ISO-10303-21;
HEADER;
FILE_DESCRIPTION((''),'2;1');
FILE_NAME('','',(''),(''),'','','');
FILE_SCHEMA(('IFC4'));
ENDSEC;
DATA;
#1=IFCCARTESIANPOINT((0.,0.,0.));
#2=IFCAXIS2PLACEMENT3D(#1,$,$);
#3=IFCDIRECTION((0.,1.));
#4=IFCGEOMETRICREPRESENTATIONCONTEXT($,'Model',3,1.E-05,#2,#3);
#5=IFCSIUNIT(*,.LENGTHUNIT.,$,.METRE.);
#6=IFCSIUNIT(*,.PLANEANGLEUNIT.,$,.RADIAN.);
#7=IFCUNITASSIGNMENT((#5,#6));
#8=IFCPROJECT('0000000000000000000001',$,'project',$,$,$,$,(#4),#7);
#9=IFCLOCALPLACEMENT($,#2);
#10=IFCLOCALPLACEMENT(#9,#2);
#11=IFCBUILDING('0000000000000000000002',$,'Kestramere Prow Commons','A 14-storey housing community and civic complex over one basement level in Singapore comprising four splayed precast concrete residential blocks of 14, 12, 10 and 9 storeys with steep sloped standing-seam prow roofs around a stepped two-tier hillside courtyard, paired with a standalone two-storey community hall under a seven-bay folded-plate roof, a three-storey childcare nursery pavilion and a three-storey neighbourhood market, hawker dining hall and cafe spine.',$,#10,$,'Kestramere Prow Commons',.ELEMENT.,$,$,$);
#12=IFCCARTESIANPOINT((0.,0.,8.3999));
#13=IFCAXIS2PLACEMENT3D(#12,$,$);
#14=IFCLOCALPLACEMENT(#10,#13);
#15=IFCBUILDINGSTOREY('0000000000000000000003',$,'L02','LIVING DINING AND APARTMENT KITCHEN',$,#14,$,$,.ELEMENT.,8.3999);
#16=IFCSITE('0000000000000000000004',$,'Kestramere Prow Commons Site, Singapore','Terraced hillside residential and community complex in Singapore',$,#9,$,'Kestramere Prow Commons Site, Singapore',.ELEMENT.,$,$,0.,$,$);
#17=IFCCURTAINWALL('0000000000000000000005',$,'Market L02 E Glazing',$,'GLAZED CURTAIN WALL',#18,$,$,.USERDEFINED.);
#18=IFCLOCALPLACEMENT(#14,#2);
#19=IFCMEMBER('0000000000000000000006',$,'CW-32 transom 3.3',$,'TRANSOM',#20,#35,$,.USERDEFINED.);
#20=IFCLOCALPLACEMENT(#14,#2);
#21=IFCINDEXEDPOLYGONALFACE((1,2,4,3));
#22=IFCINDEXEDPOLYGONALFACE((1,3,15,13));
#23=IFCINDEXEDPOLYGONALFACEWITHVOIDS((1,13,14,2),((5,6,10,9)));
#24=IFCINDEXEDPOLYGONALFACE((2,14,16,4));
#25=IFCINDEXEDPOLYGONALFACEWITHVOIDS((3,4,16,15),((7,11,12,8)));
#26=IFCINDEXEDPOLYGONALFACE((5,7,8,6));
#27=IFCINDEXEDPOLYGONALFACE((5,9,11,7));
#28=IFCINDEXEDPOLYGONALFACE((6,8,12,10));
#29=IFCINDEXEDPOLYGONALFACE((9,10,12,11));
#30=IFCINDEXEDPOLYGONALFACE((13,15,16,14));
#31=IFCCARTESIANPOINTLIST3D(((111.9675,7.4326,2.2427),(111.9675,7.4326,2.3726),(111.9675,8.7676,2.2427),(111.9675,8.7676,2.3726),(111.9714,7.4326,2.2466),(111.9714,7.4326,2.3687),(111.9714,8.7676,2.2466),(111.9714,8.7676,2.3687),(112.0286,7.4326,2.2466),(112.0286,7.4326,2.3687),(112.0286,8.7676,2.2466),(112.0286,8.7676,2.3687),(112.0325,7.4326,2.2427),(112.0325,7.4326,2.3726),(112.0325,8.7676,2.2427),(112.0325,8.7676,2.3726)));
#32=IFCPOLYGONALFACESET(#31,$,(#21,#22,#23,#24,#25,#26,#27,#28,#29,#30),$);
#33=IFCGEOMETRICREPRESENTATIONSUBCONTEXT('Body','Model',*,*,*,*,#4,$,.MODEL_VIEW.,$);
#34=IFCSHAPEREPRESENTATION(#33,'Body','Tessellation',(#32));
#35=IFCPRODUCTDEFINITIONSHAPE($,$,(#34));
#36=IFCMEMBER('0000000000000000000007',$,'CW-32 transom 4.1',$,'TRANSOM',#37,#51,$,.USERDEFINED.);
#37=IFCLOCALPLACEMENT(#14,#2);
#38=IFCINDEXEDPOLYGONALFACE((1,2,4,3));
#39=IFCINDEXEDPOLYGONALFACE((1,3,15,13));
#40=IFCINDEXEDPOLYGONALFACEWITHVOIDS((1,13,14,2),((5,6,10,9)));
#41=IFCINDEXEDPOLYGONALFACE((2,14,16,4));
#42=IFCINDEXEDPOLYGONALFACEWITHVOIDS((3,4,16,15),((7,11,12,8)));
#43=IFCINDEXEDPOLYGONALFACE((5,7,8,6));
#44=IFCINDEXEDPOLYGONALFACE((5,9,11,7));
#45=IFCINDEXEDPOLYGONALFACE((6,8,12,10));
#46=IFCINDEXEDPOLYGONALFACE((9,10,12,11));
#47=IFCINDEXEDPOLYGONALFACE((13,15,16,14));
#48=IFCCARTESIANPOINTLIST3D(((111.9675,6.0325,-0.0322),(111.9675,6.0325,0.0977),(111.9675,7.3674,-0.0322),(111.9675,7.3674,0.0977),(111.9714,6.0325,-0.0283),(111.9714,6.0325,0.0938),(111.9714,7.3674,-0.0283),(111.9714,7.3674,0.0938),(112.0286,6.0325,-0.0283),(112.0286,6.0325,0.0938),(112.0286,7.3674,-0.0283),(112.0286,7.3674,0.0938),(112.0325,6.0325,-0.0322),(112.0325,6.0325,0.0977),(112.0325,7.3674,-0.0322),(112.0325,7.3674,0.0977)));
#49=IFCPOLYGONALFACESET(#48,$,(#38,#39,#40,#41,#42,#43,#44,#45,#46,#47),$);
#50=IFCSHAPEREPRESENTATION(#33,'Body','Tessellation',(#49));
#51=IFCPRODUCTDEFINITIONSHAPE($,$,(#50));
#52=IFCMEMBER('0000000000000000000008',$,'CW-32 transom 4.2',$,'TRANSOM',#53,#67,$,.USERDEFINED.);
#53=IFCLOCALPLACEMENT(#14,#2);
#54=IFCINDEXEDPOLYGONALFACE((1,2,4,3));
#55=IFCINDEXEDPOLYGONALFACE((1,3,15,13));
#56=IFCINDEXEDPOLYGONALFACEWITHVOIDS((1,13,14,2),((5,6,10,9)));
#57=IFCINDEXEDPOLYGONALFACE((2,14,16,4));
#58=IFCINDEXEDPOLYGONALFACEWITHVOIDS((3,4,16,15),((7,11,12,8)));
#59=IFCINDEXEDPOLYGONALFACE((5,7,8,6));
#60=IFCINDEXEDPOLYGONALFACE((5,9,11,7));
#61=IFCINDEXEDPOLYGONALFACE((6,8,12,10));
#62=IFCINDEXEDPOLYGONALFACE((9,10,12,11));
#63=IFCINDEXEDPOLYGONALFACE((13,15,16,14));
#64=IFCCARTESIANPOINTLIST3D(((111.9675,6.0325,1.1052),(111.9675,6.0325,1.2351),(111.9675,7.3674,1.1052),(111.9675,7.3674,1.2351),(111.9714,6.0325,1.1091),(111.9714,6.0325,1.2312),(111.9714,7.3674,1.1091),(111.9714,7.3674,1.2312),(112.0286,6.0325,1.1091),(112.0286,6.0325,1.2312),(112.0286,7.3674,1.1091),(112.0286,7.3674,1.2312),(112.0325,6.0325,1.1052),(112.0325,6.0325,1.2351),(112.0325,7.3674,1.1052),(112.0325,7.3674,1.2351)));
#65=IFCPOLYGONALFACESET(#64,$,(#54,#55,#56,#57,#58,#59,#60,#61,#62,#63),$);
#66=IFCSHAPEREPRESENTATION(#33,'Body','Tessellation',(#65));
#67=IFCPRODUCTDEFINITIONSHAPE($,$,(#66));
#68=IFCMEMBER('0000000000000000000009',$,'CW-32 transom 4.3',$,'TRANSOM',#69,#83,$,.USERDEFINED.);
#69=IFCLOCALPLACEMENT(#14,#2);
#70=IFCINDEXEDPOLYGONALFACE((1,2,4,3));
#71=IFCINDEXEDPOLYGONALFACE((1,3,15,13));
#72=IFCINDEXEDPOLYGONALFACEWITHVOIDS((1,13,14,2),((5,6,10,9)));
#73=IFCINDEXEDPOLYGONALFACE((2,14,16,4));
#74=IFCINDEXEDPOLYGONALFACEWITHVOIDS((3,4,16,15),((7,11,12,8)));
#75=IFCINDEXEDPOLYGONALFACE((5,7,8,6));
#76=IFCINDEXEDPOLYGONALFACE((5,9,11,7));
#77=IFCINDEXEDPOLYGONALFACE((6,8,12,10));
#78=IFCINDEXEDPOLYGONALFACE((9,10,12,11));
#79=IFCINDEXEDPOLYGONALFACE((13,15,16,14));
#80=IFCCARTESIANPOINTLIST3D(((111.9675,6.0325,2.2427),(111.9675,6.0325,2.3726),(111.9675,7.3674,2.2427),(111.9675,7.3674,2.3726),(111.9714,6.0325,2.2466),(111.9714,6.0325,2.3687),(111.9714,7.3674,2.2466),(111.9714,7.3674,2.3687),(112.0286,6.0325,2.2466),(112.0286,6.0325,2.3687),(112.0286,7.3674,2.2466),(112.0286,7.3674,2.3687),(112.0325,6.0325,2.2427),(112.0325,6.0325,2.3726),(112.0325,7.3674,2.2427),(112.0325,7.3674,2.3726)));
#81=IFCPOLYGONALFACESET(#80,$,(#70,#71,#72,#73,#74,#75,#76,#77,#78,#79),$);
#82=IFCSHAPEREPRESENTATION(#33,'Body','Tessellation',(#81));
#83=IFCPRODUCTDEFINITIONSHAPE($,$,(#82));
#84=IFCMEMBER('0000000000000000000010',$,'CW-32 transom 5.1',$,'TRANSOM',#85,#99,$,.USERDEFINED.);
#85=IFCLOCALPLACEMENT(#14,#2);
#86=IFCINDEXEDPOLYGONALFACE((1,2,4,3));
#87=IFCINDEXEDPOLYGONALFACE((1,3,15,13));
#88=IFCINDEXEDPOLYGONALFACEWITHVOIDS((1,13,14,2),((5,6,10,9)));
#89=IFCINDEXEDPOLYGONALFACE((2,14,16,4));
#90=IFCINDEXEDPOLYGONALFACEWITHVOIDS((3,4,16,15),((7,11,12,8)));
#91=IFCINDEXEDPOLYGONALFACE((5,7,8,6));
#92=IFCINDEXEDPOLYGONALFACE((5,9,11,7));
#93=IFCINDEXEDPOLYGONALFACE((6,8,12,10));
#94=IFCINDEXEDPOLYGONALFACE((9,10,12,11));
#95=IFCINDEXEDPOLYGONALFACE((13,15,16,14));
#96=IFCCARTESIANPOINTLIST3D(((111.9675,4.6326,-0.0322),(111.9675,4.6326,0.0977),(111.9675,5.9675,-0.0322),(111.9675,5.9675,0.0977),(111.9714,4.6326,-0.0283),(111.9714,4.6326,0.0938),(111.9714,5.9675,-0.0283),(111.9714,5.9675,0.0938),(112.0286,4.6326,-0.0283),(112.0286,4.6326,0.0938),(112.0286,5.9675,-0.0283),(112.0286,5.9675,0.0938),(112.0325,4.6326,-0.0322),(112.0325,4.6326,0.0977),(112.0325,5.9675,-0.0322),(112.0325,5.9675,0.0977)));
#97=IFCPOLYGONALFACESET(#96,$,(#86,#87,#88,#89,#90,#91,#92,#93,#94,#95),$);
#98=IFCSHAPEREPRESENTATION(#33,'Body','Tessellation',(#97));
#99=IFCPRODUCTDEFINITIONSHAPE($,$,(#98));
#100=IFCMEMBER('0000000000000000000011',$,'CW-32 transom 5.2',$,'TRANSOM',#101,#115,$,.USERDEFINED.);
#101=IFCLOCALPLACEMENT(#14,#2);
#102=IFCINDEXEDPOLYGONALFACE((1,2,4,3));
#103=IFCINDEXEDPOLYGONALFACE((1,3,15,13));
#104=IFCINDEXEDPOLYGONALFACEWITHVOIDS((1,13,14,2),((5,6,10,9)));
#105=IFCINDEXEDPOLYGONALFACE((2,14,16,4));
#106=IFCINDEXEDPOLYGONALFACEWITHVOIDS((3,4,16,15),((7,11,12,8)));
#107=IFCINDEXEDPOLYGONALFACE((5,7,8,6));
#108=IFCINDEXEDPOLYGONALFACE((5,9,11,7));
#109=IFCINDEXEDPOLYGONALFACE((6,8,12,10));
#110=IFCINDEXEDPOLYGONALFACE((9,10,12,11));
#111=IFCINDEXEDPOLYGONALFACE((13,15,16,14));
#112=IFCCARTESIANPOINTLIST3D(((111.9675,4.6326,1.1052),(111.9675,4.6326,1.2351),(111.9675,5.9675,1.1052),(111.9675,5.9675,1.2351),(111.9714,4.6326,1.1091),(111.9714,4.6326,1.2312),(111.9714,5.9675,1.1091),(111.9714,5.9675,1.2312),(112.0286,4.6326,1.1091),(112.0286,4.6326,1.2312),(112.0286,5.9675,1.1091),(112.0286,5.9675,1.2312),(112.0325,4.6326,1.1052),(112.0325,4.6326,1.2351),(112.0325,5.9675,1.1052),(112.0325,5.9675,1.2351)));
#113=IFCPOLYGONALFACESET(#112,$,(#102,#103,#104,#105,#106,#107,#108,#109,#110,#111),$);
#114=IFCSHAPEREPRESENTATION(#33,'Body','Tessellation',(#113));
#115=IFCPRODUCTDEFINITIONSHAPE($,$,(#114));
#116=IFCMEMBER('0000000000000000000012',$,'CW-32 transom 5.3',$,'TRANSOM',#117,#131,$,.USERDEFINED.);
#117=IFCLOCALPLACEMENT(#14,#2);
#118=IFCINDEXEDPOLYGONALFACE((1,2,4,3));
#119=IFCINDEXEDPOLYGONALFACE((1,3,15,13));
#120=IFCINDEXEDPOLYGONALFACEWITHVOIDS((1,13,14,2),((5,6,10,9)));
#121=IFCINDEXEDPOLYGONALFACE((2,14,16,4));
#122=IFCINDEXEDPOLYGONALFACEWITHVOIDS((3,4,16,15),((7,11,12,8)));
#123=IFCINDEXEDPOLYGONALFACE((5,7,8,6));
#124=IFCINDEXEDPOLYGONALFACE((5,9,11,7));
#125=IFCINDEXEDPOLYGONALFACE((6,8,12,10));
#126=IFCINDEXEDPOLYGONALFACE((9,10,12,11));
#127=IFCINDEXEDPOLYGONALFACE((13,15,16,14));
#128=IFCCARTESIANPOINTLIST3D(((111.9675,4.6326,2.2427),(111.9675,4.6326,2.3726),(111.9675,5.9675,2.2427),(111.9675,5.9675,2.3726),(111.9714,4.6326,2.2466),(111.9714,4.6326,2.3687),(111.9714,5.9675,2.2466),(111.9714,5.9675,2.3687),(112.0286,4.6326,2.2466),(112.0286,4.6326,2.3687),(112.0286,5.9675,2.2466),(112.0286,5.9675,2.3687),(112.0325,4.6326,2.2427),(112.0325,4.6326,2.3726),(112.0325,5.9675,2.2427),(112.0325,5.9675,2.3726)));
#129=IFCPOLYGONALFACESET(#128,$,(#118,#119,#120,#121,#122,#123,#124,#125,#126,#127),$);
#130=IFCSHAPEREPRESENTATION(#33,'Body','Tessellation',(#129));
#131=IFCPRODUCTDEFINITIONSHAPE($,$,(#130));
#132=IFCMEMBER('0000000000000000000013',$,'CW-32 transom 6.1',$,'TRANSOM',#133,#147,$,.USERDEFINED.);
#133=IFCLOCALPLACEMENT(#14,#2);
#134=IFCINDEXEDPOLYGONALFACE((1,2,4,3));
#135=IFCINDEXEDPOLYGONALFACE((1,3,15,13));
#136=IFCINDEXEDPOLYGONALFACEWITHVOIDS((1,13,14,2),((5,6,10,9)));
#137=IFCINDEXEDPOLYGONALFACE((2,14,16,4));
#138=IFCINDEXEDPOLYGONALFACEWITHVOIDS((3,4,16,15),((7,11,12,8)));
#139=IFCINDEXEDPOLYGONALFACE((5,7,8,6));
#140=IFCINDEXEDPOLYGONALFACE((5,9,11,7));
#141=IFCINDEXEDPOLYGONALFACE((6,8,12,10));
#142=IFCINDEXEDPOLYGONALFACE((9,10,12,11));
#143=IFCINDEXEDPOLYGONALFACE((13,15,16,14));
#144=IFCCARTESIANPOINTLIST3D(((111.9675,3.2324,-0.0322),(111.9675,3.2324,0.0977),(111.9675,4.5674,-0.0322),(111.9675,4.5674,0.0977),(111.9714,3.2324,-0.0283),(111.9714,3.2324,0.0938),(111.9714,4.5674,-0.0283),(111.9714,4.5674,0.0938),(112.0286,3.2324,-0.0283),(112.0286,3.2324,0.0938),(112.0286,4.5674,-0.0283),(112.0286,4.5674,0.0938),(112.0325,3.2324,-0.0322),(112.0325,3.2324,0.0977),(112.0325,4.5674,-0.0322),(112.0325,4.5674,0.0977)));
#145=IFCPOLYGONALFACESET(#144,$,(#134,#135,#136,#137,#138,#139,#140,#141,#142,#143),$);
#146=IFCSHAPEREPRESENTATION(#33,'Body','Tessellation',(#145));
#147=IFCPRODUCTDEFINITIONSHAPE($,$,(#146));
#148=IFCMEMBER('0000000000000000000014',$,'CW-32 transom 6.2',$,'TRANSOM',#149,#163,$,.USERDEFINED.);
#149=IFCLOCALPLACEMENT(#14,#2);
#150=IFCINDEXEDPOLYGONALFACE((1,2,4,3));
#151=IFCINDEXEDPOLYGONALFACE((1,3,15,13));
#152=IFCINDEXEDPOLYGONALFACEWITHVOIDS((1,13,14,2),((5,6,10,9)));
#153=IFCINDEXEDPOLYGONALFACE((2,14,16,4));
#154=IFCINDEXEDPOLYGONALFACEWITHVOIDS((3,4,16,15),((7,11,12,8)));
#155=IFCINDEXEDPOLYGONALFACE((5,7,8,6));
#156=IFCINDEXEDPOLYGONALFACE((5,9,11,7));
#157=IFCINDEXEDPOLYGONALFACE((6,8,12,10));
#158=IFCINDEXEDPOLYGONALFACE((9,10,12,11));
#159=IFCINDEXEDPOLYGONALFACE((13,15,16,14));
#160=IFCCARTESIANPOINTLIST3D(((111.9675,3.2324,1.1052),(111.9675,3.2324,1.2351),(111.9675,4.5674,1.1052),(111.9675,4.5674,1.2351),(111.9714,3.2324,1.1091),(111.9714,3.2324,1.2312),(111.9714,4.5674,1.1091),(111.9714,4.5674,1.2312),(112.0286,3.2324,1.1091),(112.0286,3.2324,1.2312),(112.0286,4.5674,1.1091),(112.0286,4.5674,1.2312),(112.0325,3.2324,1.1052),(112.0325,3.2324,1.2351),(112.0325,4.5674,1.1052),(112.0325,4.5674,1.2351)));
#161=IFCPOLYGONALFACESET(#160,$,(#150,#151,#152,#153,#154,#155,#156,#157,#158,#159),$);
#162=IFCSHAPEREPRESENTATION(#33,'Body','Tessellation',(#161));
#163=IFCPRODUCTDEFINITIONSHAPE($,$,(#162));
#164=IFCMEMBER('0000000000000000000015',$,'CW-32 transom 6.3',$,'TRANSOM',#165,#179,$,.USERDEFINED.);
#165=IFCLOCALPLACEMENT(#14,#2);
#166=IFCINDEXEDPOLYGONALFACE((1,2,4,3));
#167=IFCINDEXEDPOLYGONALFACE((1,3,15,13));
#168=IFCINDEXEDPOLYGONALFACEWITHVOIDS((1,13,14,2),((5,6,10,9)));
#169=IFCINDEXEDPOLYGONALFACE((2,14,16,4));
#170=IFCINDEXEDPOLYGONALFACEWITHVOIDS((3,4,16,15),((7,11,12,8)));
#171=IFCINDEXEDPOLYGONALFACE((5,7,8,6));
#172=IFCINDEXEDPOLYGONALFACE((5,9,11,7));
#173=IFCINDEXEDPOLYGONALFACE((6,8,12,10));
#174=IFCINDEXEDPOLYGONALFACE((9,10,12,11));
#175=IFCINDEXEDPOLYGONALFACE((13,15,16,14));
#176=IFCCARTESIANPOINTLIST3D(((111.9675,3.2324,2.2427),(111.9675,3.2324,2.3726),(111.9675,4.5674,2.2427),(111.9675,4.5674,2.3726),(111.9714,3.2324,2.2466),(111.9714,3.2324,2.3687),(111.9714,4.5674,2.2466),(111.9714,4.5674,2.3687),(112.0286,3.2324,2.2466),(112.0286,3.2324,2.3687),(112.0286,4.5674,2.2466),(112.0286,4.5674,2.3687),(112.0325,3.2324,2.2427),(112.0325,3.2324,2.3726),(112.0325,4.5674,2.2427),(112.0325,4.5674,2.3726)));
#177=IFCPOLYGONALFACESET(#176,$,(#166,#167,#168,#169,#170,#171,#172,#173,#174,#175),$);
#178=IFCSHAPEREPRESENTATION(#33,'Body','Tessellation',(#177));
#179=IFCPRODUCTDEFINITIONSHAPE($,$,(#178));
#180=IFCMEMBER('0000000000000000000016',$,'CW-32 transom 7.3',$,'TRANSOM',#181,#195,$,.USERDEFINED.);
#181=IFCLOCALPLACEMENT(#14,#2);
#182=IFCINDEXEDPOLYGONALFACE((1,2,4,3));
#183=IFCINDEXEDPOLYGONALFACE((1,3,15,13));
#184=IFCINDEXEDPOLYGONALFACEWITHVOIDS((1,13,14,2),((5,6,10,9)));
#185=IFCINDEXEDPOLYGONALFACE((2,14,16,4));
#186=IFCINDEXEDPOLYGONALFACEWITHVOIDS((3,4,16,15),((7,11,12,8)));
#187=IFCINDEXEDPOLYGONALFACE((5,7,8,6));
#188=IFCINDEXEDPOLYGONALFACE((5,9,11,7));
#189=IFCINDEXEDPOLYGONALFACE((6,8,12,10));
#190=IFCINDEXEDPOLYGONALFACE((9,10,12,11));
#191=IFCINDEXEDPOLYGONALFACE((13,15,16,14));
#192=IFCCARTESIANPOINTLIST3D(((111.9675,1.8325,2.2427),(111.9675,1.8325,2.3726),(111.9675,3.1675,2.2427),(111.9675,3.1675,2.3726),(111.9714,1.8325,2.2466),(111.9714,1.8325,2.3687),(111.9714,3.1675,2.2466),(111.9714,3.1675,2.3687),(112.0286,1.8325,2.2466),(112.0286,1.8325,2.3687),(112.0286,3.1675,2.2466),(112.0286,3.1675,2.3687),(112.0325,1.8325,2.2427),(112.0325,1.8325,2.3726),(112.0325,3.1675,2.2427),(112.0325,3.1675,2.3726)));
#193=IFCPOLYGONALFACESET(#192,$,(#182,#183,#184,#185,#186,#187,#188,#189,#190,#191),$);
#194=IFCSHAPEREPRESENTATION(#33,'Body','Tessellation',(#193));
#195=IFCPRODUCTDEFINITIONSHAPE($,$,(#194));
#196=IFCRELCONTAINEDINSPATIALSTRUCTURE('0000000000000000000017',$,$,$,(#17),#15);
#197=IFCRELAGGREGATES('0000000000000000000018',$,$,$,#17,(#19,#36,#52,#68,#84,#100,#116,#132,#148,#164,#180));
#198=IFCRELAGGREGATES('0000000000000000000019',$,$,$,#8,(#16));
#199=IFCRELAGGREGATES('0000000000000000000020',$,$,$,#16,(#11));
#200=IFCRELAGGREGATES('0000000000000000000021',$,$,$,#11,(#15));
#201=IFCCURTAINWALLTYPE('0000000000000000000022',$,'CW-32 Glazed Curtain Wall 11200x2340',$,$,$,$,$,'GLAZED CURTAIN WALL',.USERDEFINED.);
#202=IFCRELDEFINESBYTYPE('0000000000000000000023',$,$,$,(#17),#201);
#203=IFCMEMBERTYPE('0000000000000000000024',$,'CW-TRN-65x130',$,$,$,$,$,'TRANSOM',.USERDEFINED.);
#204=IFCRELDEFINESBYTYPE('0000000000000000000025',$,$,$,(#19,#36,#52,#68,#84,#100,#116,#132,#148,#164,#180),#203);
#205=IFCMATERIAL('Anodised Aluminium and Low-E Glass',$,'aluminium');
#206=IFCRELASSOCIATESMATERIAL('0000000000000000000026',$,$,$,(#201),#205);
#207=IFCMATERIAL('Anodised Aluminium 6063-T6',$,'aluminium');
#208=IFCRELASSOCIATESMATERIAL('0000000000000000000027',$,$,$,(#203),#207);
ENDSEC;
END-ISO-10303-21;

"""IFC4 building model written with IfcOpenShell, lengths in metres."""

from ifc_helpers import new_model, si_unit, direction, frame, origin, origin_2d, place, context, subcontext, project, spatial, hollow_rectangle, extrude, material, material_profile, profile_set, type_object, element, aggregate, save


model = new_model("IFC4")

# Units and contexts
model_context = context("Model", 3, precision=1e-05, world=origin(), true_north=direction((0.0, 1.0)))
body_context = subcontext(model_context, "Body", "Model", "MODEL_VIEW")
ifc_project = project(units=[si_unit("LENGTHUNIT", "METRE"), si_unit("PLANEANGLEUNIT", "RADIAN")], contexts=[model_context])

# Site, building, storey
site_placement = place(None, origin())
site = spatial("IfcSite", under=ifc_project, at=site_placement, Name="Kestramere Prow Commons Site, Singapore", Description="Terraced hillside residential and community complex in Singapore", LongName="Kestramere Prow Commons Site, Singapore", CompositionType="ELEMENT", RefElevation=0.0)
building_placement = place(site_placement, origin())
building = spatial("IfcBuilding", under=site, at=building_placement, Name="Kestramere Prow Commons", Description="A 14-storey housing community and civic complex over one basement level in Singapore comprising four splayed precast concrete residential blocks of 14, 12, 10 and 9 storeys with steep sloped standing-seam prow roofs around a stepped two-tier hillside courtyard, paired with a standalone two-storey community hall under a seven-bay folded-plate roof, a three-storey childcare nursery pavilion and a three-storey neighbourhood market, hawker dining hall and cafe spine.", LongName="Kestramere Prow Commons", CompositionType="ELEMENT")
storey_placement = place(building_placement, frame((0.0, 0.0, 8.3999)))
storey = spatial("IfcBuildingStorey", under=building, at=storey_placement, Name="L02", Description="LIVING DINING AND APARTMENT KITCHEN", CompositionType="ELEMENT", Elevation=8.3999)

# Curtain wall, members
ifc_material_1 = material(Name="Anodised Aluminium and Low-E Glass", Category="aluminium")
curtain_wall_type = type_object("IfcCurtainWallType", Name="CW-32 Glazed Curtain Wall 11200x2340", ElementType="GLAZED CURTAIN WALL", PredefinedType="USERDEFINED", material=ifc_material_1)
curtain_wall_placement = place(storey_placement, origin())
curtain_wall = element("IfcCurtainWall", 1, at=curtain_wall_placement, inside=storey, type_object=curtain_wall_type, Name="Market L02 E Glazing", ObjectType="GLAZED CURTAIN WALL", PredefinedType="USERDEFINED")
ifc_material_2 = material(Name="Anodised Aluminium 6063-T6", Category="aluminium")
ifc_material_profile_1 = material_profile(ifc_material_2, hollow_rectangle(XDim=0.0649, YDim=0.1299, WallThickness=0.0039, at=origin_2d()), Name="ALU-TRN 65x130")
ifc_profile_set_1 = profile_set([ifc_material_profile_1], Name="Anodised Aluminium 6063-T6")
member_type_1 = type_object("IfcMemberType", Name="CW-TRN-65x130", ElementType="TRANSOM", PredefinedType="USERDEFINED", material=ifc_profile_set_1)
member_1_placement = place(storey_placement, frame((112.0, 8.7676, 2.3076), z_axis=(0.0, -1.0, 0.0), x_axis=(1.0, 0.0, 0.0)))
member_1 = element("IfcMember", 2, at=member_1_placement, type_object=member_type_1, Name="CW-32 transom 3.3", ObjectType="TRANSOM", PredefinedType="USERDEFINED", context=body_context, shape_type="SweptSolid", body=[
    extrude(hollow_rectangle(XDim=0.0649, YDim=0.1299, WallThickness=0.0039, at=origin_2d()), origin(), (0.0, 0.0, 1.0), 1.335),
])
member_2_placement = place(storey_placement, frame((112.0, 7.3674, 0.0327), z_axis=(0.0, -1.0, 0.0), x_axis=(1.0, 0.0, 0.0)))
member_2 = element("IfcMember", 3, at=member_2_placement, type_object=member_type_1, Name="CW-32 transom 4.1", ObjectType="TRANSOM", PredefinedType="USERDEFINED", context=body_context, shape_type="SweptSolid", body=[
    extrude(hollow_rectangle(XDim=0.0649, YDim=0.1299, WallThickness=0.0039, at=origin_2d()), origin(), (0.0, 0.0, 1.0), 1.335),
])
member_3_placement = place(storey_placement, frame((112.0, 7.3674, 1.1702), z_axis=(0.0, -1.0, 0.0), x_axis=(1.0, 0.0, 0.0)))
member_3 = element("IfcMember", 4, at=member_3_placement, type_object=member_type_1, Name="CW-32 transom 4.2", ObjectType="TRANSOM", PredefinedType="USERDEFINED", context=body_context, shape_type="SweptSolid", body=[
    extrude(hollow_rectangle(XDim=0.0649, YDim=0.1299, WallThickness=0.0039, at=origin_2d()), origin(), (0.0, 0.0, 1.0), 1.335),
])
member_4_placement = place(storey_placement, frame((112.0, 7.3674, 2.3076), z_axis=(0.0, -1.0, 0.0), x_axis=(1.0, 0.0, 0.0)))
member_4 = element("IfcMember", 5, at=member_4_placement, type_object=member_type_1, Name="CW-32 transom 4.3", ObjectType="TRANSOM", PredefinedType="USERDEFINED", context=body_context, shape_type="SweptSolid", body=[
    extrude(hollow_rectangle(XDim=0.0649, YDim=0.1299, WallThickness=0.0039, at=origin_2d()), origin(), (0.0, 0.0, 1.0), 1.335),
])
member_5_placement = place(storey_placement, frame((112.0, 5.9675, 0.0327), z_axis=(0.0, -1.0, 0.0), x_axis=(1.0, 0.0, 0.0)))
member_5 = element("IfcMember", 6, at=member_5_placement, type_object=member_type_1, Name="CW-32 transom 5.1", ObjectType="TRANSOM", PredefinedType="USERDEFINED", context=body_context, shape_type="SweptSolid", body=[
    extrude(hollow_rectangle(XDim=0.0649, YDim=0.1299, WallThickness=0.0039, at=origin_2d()), origin(), (0.0, 0.0, 1.0), 1.335),
])
member_6_placement = place(storey_placement, frame((112.0, 5.9675, 1.1702), z_axis=(0.0, -1.0, 0.0), x_axis=(1.0, 0.0, 0.0)))
member_6 = element("IfcMember", 7, at=member_6_placement, type_object=member_type_1, Name="CW-32 transom 5.2", ObjectType="TRANSOM", PredefinedType="USERDEFINED", context=body_context, shape_type="SweptSolid", body=[
    extrude(hollow_rectangle(XDim=0.0649, YDim=0.1299, WallThickness=0.0039, at=origin_2d()), origin(), (0.0, 0.0, 1.0), 1.335),
])
member_7_placement = place(storey_placement, frame((112.0, 5.9675, 2.3076), z_axis=(0.0, -1.0, 0.0), x_axis=(1.0, 0.0, 0.0)))
member_7 = element("IfcMember", 8, at=member_7_placement, type_object=member_type_1, Name="CW-32 transom 5.3", ObjectType="TRANSOM", PredefinedType="USERDEFINED", context=body_context, shape_type="SweptSolid", body=[
    extrude(hollow_rectangle(XDim=0.0649, YDim=0.1299, WallThickness=0.0039, at=origin_2d()), origin(), (0.0, 0.0, 1.0), 1.335),
])
member_8_placement = place(storey_placement, frame((112.0, 4.5674, 0.0327), z_axis=(0.0, -1.0, 0.0), x_axis=(1.0, 0.0, 0.0)))
member_8 = element("IfcMember", 9, at=member_8_placement, type_object=member_type_1, Name="CW-32 transom 6.1", ObjectType="TRANSOM", PredefinedType="USERDEFINED", context=body_context, shape_type="SweptSolid", body=[
    extrude(hollow_rectangle(XDim=0.0649, YDim=0.1299, WallThickness=0.0039, at=origin_2d()), origin(), (0.0, 0.0, 1.0), 1.335),
])
member_9_placement = place(storey_placement, frame((112.0, 4.5674, 1.1702), z_axis=(0.0, -1.0, 0.0), x_axis=(1.0, 0.0, 0.0)))
member_9 = element("IfcMember", 10, at=member_9_placement, type_object=member_type_1, Name="CW-32 transom 6.2", ObjectType="TRANSOM", PredefinedType="USERDEFINED", context=body_context, shape_type="SweptSolid", body=[
    extrude(hollow_rectangle(XDim=0.0649, YDim=0.1299, WallThickness=0.0039, at=origin_2d()), origin(), (0.0, 0.0, 1.0), 1.335),
])
member_10_placement = place(storey_placement, frame((112.0, 4.5674, 2.3076), z_axis=(0.0, -1.0, 0.0), x_axis=(1.0, 0.0, 0.0)))
member_10 = element("IfcMember", 11, at=member_10_placement, type_object=member_type_1, Name="CW-32 transom 6.3", ObjectType="TRANSOM", PredefinedType="USERDEFINED", context=body_context, shape_type="SweptSolid", body=[
    extrude(hollow_rectangle(XDim=0.0649, YDim=0.1299, WallThickness=0.0039, at=origin_2d()), origin(), (0.0, 0.0, 1.0), 1.335),
])
member_11_placement = place(storey_placement, frame((112.0, 3.1675, 2.3076), z_axis=(0.0, -1.0, 0.0), x_axis=(1.0, 0.0, 0.0)))
member_11 = element("IfcMember", 12, at=member_11_placement, type_object=member_type_1, Name="CW-32 transom 7.3", ObjectType="TRANSOM", PredefinedType="USERDEFINED", context=body_context, shape_type="SweptSolid", body=[
    extrude(hollow_rectangle(XDim=0.0649, YDim=0.1299, WallThickness=0.0039, at=origin_2d()), origin(), (0.0, 0.0, 1.0), 1.335),
])
aggregate(curtain_wall, [member_1, member_2, member_3, member_4, member_5, member_6, member_7, member_8, member_9, member_10, member_11])

save(model, "model.ifc")
